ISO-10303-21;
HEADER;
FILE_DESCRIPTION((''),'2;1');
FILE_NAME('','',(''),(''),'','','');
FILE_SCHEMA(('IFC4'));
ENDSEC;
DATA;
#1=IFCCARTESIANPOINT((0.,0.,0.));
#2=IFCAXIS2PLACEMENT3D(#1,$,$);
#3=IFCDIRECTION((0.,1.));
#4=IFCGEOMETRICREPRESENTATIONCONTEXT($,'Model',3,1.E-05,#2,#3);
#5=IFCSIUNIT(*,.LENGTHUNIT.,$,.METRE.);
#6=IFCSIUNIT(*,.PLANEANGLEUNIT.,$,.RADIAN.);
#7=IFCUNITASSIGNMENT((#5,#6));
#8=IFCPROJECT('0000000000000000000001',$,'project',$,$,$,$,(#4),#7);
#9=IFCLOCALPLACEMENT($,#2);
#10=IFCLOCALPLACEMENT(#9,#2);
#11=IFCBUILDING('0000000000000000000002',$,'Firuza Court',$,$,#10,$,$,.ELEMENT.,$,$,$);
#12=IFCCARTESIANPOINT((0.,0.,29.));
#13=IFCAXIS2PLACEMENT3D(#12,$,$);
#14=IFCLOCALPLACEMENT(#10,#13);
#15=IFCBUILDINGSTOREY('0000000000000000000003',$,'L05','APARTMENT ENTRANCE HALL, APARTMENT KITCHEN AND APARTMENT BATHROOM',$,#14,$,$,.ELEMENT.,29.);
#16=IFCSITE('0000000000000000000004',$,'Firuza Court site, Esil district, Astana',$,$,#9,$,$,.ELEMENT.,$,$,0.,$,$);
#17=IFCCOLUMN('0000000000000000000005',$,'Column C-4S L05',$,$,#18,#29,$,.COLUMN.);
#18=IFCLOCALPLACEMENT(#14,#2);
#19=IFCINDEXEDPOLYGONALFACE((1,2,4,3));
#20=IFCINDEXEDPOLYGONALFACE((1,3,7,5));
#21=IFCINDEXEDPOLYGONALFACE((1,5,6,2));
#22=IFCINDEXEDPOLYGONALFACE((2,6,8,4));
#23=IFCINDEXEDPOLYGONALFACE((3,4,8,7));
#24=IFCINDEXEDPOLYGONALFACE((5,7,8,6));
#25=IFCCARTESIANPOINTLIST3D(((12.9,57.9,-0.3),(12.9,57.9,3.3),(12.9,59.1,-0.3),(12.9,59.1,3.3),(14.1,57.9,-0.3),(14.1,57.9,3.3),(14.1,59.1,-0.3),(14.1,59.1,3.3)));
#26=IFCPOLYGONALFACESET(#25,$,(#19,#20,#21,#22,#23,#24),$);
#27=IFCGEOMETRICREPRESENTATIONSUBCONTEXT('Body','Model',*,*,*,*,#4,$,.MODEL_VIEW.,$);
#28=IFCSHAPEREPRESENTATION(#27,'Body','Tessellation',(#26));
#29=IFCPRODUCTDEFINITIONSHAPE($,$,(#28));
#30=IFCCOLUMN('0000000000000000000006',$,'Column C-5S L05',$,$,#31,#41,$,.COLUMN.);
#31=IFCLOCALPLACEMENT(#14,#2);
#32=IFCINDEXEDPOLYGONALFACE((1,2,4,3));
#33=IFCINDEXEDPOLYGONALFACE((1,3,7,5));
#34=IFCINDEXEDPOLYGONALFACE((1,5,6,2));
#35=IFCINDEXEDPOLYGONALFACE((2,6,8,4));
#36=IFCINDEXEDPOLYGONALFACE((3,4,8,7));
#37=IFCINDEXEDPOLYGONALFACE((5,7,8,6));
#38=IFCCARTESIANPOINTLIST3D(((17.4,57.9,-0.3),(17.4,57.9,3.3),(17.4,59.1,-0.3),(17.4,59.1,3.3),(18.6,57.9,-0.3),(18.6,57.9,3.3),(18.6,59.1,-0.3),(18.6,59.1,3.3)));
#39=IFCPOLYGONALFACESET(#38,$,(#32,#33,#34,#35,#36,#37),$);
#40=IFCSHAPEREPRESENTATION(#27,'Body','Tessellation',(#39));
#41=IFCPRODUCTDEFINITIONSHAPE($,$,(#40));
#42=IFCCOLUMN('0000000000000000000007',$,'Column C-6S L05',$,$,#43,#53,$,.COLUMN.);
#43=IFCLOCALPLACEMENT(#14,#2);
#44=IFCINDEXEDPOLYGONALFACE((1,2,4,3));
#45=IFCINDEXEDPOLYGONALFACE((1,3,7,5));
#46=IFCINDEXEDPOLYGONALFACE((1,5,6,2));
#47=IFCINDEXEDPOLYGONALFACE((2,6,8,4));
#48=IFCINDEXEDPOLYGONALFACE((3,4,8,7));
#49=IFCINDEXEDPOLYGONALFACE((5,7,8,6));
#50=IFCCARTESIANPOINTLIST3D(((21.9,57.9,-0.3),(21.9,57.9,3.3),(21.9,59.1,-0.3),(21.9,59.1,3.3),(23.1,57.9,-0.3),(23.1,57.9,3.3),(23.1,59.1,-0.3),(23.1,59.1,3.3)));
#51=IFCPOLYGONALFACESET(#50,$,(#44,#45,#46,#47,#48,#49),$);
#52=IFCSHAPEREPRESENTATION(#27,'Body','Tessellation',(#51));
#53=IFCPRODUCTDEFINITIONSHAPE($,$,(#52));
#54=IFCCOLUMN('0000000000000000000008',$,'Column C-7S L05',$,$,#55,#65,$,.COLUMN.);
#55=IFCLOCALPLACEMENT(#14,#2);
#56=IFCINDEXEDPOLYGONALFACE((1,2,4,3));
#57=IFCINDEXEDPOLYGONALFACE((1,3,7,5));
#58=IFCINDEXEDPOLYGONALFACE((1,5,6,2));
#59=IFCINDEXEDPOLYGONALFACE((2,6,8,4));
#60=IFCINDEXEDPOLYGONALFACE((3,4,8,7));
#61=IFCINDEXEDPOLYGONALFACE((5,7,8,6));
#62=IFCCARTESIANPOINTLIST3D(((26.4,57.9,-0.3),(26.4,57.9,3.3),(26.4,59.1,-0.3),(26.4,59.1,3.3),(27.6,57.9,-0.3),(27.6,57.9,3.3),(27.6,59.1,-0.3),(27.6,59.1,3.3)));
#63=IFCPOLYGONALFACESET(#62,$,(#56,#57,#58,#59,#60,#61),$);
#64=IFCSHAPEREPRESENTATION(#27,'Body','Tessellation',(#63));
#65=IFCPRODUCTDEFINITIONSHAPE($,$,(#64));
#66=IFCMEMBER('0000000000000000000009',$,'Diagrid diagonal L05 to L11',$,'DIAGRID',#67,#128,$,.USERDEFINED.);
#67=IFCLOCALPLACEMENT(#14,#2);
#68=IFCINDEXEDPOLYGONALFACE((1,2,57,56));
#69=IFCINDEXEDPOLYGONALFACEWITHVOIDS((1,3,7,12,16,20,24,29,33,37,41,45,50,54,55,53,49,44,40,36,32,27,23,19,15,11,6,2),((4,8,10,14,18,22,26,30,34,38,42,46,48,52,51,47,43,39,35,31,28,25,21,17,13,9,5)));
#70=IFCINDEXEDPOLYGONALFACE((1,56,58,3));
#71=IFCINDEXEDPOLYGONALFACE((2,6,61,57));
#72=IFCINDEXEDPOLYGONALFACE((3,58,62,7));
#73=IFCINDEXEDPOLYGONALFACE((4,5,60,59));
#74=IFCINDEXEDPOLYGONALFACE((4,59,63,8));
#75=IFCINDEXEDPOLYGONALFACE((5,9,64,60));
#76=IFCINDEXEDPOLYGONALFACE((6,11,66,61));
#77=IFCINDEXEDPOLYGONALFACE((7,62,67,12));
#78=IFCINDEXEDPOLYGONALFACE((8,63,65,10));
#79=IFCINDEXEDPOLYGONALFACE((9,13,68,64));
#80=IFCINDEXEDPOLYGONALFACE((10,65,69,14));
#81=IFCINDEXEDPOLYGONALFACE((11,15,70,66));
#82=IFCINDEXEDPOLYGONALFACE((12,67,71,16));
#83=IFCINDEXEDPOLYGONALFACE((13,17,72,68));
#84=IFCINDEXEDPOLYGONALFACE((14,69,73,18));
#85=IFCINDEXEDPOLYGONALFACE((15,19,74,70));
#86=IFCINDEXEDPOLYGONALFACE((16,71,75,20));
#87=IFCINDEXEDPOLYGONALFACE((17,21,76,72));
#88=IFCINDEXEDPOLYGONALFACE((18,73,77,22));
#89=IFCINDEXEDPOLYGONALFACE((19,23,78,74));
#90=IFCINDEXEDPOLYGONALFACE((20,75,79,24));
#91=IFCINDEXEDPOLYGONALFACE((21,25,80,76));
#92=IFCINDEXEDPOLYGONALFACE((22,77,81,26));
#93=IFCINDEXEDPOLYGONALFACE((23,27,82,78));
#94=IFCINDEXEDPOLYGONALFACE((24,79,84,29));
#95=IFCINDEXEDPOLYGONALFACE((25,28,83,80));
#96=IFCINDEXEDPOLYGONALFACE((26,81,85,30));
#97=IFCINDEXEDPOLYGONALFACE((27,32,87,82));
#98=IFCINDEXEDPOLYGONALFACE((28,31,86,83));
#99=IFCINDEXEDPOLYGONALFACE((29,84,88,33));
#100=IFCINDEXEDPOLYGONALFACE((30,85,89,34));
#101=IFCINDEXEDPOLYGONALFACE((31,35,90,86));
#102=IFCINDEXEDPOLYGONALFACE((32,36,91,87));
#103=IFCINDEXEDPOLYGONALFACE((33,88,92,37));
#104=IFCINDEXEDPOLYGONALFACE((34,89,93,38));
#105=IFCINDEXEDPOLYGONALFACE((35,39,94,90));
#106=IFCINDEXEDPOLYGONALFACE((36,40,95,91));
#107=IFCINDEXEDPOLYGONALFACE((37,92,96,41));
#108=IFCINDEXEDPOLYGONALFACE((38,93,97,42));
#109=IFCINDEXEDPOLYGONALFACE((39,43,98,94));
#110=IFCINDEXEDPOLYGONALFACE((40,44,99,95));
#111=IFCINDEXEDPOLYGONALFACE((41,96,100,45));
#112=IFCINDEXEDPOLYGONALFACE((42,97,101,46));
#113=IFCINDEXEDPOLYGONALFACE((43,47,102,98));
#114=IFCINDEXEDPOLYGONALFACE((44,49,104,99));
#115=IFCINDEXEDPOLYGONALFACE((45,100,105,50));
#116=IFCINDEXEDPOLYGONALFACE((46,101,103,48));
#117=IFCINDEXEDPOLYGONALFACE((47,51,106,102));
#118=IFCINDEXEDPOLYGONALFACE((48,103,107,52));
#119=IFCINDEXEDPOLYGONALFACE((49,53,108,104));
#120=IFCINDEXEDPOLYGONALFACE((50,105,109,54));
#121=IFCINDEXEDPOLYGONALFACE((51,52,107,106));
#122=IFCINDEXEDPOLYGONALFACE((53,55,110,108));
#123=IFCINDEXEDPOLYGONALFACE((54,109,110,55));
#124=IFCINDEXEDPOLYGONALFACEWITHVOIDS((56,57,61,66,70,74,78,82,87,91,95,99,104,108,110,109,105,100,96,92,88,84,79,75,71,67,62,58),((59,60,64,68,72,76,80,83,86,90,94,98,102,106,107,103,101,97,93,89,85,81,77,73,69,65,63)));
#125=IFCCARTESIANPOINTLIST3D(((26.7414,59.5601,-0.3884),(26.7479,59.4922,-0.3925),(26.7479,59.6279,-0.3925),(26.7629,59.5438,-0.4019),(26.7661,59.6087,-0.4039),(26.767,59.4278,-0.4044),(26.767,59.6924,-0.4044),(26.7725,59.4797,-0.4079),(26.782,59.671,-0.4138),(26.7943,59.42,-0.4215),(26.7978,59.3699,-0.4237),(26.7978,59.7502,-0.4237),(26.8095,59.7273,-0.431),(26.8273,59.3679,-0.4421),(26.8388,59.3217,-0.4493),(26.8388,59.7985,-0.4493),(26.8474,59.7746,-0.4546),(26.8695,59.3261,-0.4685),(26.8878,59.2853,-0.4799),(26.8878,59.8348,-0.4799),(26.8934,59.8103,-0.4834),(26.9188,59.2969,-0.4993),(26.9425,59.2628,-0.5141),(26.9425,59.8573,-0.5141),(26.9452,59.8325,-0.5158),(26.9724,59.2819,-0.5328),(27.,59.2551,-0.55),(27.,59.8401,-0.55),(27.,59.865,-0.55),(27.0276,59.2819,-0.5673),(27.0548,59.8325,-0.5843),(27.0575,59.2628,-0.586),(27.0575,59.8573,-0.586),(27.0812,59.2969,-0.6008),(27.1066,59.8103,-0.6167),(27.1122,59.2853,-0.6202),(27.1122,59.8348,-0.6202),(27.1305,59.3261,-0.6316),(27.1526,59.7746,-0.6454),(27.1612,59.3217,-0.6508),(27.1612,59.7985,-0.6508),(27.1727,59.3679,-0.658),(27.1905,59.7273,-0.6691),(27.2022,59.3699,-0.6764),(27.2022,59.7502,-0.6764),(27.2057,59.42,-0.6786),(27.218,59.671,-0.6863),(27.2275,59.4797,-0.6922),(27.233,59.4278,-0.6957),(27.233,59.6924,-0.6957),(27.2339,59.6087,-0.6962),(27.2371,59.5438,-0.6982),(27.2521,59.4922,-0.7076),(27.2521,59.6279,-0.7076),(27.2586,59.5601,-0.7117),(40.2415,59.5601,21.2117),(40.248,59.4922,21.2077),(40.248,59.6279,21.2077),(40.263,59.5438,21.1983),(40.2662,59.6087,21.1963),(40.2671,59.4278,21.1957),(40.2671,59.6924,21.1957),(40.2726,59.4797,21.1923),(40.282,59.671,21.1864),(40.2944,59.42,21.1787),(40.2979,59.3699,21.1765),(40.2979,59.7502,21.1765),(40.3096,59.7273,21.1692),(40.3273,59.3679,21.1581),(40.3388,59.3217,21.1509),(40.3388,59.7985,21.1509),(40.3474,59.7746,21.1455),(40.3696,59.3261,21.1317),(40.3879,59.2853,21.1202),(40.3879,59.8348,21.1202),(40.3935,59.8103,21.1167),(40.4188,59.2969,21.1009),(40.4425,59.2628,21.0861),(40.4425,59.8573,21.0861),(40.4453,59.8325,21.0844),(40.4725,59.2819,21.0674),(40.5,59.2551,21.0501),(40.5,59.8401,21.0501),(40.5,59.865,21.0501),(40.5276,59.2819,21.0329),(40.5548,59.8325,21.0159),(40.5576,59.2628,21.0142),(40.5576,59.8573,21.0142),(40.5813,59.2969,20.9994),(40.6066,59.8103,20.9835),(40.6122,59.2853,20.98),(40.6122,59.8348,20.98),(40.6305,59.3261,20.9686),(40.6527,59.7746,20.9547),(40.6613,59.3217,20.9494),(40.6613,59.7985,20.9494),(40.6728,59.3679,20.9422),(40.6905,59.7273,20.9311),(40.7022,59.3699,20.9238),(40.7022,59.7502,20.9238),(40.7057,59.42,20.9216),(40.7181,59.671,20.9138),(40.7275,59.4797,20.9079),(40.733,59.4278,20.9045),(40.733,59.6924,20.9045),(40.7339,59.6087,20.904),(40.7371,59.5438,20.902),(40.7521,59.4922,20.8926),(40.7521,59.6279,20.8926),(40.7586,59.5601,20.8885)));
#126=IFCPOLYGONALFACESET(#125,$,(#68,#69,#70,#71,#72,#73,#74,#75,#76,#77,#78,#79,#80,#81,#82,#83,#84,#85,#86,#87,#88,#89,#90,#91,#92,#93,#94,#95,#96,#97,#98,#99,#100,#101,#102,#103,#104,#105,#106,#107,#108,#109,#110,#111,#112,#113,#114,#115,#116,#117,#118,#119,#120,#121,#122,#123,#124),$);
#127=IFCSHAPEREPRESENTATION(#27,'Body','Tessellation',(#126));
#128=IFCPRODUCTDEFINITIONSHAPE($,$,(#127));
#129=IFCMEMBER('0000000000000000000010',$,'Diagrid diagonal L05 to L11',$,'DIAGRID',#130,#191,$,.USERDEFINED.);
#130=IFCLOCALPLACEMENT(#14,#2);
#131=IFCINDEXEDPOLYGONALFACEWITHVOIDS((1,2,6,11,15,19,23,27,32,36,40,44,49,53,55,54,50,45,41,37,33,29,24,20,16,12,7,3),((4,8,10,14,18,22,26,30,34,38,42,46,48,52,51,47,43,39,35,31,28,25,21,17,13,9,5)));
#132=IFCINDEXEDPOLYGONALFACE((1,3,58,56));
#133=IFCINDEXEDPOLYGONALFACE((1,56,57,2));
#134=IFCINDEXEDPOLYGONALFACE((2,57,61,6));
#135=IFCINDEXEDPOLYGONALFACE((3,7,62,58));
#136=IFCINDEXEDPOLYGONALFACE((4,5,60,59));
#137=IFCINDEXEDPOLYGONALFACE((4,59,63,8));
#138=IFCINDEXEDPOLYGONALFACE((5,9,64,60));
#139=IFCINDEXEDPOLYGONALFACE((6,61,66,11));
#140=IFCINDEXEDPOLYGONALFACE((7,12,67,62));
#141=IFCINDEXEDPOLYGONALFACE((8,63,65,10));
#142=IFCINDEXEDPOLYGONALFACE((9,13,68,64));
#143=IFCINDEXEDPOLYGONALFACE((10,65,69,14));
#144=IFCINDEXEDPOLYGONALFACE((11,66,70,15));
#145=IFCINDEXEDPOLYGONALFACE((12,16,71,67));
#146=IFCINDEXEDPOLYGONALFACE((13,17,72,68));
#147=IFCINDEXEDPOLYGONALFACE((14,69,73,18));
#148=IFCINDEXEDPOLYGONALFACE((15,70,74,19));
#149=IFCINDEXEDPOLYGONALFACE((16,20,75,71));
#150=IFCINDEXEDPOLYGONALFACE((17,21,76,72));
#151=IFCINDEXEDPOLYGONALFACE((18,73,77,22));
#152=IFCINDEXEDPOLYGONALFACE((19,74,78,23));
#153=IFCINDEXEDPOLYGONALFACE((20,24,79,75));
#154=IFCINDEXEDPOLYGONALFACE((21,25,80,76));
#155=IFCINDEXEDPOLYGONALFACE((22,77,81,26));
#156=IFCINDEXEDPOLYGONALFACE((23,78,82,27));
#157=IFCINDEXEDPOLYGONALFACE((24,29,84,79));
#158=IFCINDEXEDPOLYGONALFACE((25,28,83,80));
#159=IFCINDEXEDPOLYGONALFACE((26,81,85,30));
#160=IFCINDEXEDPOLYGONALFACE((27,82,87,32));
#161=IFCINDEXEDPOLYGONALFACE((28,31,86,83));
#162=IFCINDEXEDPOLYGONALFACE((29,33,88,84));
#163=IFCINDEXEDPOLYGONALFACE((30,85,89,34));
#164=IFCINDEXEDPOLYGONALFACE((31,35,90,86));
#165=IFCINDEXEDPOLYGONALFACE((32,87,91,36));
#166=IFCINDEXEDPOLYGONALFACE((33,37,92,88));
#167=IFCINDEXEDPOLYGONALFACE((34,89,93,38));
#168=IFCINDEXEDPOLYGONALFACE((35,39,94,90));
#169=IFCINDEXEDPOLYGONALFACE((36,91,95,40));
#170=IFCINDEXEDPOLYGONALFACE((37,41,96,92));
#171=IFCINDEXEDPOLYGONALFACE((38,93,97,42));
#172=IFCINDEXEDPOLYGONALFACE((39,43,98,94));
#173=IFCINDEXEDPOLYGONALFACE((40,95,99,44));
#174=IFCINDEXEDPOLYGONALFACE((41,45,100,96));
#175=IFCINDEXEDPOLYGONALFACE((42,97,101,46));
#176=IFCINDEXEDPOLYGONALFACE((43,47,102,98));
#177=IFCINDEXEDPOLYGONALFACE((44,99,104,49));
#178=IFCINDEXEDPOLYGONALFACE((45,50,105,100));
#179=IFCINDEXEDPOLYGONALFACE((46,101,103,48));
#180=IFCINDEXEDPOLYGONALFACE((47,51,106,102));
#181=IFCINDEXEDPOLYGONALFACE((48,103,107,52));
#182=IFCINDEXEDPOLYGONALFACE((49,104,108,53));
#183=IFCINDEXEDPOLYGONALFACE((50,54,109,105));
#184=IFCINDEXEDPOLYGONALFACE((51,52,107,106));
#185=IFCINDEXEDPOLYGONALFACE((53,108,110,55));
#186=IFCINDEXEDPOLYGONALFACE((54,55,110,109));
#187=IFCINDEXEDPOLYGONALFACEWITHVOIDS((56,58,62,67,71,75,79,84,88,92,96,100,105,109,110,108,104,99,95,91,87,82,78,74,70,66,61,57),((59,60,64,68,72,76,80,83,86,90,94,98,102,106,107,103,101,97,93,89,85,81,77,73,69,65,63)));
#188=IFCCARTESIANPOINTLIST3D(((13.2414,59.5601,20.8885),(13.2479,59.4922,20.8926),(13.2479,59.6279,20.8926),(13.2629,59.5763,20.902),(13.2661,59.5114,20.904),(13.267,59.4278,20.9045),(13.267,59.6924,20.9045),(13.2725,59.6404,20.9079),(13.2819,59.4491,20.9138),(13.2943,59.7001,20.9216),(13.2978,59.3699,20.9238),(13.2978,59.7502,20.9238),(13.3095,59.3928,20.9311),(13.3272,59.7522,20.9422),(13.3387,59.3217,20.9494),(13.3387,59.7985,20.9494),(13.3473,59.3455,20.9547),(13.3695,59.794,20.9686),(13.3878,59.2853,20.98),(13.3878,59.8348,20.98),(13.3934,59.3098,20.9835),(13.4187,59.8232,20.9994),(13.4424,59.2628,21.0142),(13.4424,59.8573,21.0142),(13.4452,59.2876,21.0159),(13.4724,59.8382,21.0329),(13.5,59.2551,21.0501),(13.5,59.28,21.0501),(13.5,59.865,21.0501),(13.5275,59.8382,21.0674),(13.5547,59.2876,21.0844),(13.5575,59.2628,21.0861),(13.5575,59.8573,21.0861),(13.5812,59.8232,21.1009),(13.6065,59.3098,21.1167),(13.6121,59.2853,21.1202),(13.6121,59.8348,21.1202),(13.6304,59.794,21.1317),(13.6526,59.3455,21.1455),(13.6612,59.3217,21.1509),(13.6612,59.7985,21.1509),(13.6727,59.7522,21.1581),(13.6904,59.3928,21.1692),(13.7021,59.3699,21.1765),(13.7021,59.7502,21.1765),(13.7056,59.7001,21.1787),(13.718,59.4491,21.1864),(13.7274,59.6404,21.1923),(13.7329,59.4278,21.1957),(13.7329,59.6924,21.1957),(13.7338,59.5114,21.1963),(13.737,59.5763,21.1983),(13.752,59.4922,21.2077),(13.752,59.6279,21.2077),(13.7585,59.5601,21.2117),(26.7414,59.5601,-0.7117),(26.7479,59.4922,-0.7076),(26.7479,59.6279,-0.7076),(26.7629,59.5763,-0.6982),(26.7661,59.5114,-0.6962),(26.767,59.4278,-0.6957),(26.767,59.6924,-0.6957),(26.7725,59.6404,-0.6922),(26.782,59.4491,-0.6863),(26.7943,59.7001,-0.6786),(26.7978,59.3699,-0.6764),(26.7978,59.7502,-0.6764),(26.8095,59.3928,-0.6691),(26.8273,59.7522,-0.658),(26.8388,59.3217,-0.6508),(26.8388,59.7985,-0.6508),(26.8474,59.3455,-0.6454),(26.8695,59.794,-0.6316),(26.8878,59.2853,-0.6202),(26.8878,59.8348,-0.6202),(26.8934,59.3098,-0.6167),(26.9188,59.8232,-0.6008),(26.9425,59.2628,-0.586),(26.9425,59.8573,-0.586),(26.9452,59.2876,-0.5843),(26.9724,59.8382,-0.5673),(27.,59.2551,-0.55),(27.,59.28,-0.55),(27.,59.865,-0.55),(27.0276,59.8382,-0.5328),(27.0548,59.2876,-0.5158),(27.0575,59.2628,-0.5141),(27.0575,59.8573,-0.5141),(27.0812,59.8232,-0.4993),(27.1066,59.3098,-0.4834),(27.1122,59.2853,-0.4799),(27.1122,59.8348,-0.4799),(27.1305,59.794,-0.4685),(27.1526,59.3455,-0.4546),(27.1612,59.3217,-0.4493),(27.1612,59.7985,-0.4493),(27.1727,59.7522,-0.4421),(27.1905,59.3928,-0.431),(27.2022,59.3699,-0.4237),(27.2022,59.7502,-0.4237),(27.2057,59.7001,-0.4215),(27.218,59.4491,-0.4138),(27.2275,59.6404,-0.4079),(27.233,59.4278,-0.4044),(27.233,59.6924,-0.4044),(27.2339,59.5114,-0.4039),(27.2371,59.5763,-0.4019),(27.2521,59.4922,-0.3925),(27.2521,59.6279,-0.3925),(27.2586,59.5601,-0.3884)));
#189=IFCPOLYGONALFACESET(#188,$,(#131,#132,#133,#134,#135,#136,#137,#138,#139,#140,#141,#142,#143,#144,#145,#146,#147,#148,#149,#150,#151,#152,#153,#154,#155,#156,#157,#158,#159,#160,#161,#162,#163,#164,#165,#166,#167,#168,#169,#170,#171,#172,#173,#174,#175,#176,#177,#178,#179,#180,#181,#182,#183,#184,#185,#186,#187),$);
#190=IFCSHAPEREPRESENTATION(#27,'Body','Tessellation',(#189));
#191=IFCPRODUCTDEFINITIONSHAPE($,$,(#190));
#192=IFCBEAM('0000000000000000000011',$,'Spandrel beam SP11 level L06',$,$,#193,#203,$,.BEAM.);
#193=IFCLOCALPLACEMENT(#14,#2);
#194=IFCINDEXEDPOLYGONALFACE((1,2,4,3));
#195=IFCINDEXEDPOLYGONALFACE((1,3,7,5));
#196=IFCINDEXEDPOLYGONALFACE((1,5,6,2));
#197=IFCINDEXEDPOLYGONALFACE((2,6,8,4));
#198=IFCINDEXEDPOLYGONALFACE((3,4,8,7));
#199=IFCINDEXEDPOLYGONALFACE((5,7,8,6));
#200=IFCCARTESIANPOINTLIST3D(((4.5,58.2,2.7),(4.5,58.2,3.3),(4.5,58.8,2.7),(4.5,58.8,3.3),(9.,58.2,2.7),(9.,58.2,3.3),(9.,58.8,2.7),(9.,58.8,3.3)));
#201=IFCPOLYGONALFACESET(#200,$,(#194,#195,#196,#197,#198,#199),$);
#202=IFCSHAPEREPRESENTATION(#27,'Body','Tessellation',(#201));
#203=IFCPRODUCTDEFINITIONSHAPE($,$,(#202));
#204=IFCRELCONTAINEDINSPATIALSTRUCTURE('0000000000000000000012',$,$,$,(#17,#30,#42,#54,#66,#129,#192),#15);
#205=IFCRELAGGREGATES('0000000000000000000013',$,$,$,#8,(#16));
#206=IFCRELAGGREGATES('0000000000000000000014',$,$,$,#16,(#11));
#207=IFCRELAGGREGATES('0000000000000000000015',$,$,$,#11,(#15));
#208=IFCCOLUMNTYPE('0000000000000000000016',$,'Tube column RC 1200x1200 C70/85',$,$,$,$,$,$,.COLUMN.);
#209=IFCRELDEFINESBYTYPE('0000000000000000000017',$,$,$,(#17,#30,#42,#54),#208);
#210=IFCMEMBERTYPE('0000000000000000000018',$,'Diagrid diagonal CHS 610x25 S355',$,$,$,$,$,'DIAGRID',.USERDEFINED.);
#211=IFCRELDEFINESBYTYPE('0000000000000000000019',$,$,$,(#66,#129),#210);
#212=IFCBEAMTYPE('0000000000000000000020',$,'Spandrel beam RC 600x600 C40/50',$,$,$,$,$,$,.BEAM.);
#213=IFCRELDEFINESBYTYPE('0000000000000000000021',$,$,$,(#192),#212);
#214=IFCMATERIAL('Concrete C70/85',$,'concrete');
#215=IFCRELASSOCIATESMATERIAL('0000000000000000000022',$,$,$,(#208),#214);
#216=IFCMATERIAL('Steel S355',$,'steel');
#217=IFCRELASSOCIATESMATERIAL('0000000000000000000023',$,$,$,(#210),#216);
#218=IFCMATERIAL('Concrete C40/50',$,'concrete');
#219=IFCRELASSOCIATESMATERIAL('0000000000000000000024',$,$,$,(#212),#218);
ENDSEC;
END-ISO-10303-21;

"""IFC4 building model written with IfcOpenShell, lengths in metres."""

from ifc_helpers import new_model, si_unit, direction, frame, origin, origin_2d, place, context, subcontext, project, spatial, rectangle, hollow_circle, extrude, material, material_profile, profile_set, type_object, element, save


model = new_model("IFC4")

# Units and contexts
model_context = context("Model", 3, precision=1e-05, world=origin(), true_north=direction((0.0, 1.0)))
body_context = subcontext(model_context, "Body", "Model", "MODEL_VIEW")
ifc_project = project(units=[si_unit("LENGTHUNIT", "METRE"), si_unit("PLANEANGLEUNIT", "RADIAN")], contexts=[model_context])

# Site, building, storey
site_placement = place(None, origin())
site = spatial("IfcSite", under=ifc_project, at=site_placement, Name="Firuza Court site, Esil district, Astana", CompositionType="ELEMENT", RefElevation=0.0)
building_placement = place(site_placement, origin())
building = spatial("IfcBuilding", under=site, at=building_placement, Name="Firuza Court", CompositionType="ELEMENT")
storey_placement = place(building_placement, frame((0.0, 0.0, 29.0)))
storey = spatial("IfcBuildingStorey", under=building, at=storey_placement, Name="L05", Description="APARTMENT ENTRANCE HALL, APARTMENT KITCHEN AND APARTMENT BATHROOM", CompositionType="ELEMENT", Elevation=29.0)

# Columns
ifc_material_1 = material(Name="Concrete C70/85", Category="concrete")
ifc_material_profile_1 = material_profile(ifc_material_1, rectangle(XDim=1.2, YDim=1.2, at=origin_2d()), Name="RC 1200x1200")
ifc_profile_set_1 = profile_set([ifc_material_profile_1], Name="Concrete C70/85")
column_type = type_object("IfcColumnType", Name="Tube column RC 1200x1200 C70/85", PredefinedType="COLUMN", material=ifc_profile_set_1)
for number, where, z_axis, x_axis, name in (
    (1, (13.5, 58.5, -0.3), (0.0, 0.0, 1.0), (1.0, 0.0, 0.0), "Column C-4S L05"),
    (2, (18.0, 58.5, -0.3), (0.0, 0.0, 1.0), (1.0, 0.0, 0.0), "Column C-5S L05"),
    (3, (22.5, 58.5, -0.3), (0.0, 0.0, 1.0), (1.0, 0.0, 0.0), "Column C-6S L05"),
    (4, (27.0, 58.5, -0.3), (0.0, 0.0, 1.0), (1.0, 0.0, 0.0), "Column C-7S L05"),
):
    element("IfcColumn", number, at=place(storey_placement, frame(where, z_axis=z_axis, x_axis=x_axis)), inside=storey, type_object=column_type, Name=name, PredefinedType="COLUMN", context=body_context, shape_type="SweptSolid", body=[
        extrude(rectangle(XDim=1.2, YDim=1.2, at=origin_2d()), origin(), (0.0, 0.0, 1.0), 3.6001),
    ])

# Members
ifc_material_2 = material(Name="Steel S355", Category="steel")
ifc_material_profile_2 = material_profile(ifc_material_2, hollow_circle(Radius=0.3049, WallThickness=0.0249, at=origin_2d()), Name="CHS 610x25")
ifc_profile_set_2 = profile_set([ifc_material_profile_2], Name="Steel S355")
member_type = type_object("IfcMemberType", Name="Diagrid diagonal CHS 610x25 S355", ElementType="DIAGRID", PredefinedType="USERDEFINED", material=ifc_profile_set_2)
for number, where, z_axis, x_axis, name in (
    (5, (27.0, 59.5601, -0.55), (0.529997, 0.0, 0.847999), (0.0, 1.0, 0.0), "Diagrid diagonal L05 to L11"),
    (6, (27.0, 59.5601, -0.55), (-0.529997, 0.0, 0.847999), (0.0, -1.0, 0.0), "Diagrid diagonal L05 to L11"),
):
    element("IfcMember", number, at=place(storey_placement, frame(where, z_axis=z_axis, x_axis=x_axis)), inside=storey, type_object=member_type, Name=name, ObjectType="DIAGRID", PredefinedType="USERDEFINED", context=body_context, shape_type="SweptSolid", body=[
        extrude(hollow_circle(Radius=0.3049, WallThickness=0.0249, at=origin_2d()), origin(), (0.0, 0.0, 1.0), 25.4719),
    ])

# Beam
ifc_material_3 = material(Name="Concrete C40/50", Category="concrete")
ifc_material_profile_3 = material_profile(ifc_material_3, rectangle(XDim=0.6001, YDim=0.6001, at=origin_2d()), Name="RC 600x600")
ifc_profile_set_3 = profile_set([ifc_material_profile_3], Name="Concrete C40/50")
beam_type = type_object("IfcBeamType", Name="Spandrel beam RC 600x600 C40/50", PredefinedType="BEAM", material=ifc_profile_set_3)
for number, where, z_axis, x_axis, name in (
    (7, (9.0, 58.5, 3.0), (-1.0, 0.0, 0.0), (0.0, -1.0, 0.0), "Spandrel beam SP11 level L06"),
):
    element("IfcBeam", number, at=place(storey_placement, frame(where, z_axis=z_axis, x_axis=x_axis)), inside=storey, type_object=beam_type, Name=name, PredefinedType="BEAM", context=body_context, shape_type="SweptSolid", body=[
        extrude(rectangle(XDim=0.6001, YDim=0.6001, at=origin_2d()), origin(), (0.0, 0.0, 1.0), 4.5),
    ])

save(model, "model.ifc")
